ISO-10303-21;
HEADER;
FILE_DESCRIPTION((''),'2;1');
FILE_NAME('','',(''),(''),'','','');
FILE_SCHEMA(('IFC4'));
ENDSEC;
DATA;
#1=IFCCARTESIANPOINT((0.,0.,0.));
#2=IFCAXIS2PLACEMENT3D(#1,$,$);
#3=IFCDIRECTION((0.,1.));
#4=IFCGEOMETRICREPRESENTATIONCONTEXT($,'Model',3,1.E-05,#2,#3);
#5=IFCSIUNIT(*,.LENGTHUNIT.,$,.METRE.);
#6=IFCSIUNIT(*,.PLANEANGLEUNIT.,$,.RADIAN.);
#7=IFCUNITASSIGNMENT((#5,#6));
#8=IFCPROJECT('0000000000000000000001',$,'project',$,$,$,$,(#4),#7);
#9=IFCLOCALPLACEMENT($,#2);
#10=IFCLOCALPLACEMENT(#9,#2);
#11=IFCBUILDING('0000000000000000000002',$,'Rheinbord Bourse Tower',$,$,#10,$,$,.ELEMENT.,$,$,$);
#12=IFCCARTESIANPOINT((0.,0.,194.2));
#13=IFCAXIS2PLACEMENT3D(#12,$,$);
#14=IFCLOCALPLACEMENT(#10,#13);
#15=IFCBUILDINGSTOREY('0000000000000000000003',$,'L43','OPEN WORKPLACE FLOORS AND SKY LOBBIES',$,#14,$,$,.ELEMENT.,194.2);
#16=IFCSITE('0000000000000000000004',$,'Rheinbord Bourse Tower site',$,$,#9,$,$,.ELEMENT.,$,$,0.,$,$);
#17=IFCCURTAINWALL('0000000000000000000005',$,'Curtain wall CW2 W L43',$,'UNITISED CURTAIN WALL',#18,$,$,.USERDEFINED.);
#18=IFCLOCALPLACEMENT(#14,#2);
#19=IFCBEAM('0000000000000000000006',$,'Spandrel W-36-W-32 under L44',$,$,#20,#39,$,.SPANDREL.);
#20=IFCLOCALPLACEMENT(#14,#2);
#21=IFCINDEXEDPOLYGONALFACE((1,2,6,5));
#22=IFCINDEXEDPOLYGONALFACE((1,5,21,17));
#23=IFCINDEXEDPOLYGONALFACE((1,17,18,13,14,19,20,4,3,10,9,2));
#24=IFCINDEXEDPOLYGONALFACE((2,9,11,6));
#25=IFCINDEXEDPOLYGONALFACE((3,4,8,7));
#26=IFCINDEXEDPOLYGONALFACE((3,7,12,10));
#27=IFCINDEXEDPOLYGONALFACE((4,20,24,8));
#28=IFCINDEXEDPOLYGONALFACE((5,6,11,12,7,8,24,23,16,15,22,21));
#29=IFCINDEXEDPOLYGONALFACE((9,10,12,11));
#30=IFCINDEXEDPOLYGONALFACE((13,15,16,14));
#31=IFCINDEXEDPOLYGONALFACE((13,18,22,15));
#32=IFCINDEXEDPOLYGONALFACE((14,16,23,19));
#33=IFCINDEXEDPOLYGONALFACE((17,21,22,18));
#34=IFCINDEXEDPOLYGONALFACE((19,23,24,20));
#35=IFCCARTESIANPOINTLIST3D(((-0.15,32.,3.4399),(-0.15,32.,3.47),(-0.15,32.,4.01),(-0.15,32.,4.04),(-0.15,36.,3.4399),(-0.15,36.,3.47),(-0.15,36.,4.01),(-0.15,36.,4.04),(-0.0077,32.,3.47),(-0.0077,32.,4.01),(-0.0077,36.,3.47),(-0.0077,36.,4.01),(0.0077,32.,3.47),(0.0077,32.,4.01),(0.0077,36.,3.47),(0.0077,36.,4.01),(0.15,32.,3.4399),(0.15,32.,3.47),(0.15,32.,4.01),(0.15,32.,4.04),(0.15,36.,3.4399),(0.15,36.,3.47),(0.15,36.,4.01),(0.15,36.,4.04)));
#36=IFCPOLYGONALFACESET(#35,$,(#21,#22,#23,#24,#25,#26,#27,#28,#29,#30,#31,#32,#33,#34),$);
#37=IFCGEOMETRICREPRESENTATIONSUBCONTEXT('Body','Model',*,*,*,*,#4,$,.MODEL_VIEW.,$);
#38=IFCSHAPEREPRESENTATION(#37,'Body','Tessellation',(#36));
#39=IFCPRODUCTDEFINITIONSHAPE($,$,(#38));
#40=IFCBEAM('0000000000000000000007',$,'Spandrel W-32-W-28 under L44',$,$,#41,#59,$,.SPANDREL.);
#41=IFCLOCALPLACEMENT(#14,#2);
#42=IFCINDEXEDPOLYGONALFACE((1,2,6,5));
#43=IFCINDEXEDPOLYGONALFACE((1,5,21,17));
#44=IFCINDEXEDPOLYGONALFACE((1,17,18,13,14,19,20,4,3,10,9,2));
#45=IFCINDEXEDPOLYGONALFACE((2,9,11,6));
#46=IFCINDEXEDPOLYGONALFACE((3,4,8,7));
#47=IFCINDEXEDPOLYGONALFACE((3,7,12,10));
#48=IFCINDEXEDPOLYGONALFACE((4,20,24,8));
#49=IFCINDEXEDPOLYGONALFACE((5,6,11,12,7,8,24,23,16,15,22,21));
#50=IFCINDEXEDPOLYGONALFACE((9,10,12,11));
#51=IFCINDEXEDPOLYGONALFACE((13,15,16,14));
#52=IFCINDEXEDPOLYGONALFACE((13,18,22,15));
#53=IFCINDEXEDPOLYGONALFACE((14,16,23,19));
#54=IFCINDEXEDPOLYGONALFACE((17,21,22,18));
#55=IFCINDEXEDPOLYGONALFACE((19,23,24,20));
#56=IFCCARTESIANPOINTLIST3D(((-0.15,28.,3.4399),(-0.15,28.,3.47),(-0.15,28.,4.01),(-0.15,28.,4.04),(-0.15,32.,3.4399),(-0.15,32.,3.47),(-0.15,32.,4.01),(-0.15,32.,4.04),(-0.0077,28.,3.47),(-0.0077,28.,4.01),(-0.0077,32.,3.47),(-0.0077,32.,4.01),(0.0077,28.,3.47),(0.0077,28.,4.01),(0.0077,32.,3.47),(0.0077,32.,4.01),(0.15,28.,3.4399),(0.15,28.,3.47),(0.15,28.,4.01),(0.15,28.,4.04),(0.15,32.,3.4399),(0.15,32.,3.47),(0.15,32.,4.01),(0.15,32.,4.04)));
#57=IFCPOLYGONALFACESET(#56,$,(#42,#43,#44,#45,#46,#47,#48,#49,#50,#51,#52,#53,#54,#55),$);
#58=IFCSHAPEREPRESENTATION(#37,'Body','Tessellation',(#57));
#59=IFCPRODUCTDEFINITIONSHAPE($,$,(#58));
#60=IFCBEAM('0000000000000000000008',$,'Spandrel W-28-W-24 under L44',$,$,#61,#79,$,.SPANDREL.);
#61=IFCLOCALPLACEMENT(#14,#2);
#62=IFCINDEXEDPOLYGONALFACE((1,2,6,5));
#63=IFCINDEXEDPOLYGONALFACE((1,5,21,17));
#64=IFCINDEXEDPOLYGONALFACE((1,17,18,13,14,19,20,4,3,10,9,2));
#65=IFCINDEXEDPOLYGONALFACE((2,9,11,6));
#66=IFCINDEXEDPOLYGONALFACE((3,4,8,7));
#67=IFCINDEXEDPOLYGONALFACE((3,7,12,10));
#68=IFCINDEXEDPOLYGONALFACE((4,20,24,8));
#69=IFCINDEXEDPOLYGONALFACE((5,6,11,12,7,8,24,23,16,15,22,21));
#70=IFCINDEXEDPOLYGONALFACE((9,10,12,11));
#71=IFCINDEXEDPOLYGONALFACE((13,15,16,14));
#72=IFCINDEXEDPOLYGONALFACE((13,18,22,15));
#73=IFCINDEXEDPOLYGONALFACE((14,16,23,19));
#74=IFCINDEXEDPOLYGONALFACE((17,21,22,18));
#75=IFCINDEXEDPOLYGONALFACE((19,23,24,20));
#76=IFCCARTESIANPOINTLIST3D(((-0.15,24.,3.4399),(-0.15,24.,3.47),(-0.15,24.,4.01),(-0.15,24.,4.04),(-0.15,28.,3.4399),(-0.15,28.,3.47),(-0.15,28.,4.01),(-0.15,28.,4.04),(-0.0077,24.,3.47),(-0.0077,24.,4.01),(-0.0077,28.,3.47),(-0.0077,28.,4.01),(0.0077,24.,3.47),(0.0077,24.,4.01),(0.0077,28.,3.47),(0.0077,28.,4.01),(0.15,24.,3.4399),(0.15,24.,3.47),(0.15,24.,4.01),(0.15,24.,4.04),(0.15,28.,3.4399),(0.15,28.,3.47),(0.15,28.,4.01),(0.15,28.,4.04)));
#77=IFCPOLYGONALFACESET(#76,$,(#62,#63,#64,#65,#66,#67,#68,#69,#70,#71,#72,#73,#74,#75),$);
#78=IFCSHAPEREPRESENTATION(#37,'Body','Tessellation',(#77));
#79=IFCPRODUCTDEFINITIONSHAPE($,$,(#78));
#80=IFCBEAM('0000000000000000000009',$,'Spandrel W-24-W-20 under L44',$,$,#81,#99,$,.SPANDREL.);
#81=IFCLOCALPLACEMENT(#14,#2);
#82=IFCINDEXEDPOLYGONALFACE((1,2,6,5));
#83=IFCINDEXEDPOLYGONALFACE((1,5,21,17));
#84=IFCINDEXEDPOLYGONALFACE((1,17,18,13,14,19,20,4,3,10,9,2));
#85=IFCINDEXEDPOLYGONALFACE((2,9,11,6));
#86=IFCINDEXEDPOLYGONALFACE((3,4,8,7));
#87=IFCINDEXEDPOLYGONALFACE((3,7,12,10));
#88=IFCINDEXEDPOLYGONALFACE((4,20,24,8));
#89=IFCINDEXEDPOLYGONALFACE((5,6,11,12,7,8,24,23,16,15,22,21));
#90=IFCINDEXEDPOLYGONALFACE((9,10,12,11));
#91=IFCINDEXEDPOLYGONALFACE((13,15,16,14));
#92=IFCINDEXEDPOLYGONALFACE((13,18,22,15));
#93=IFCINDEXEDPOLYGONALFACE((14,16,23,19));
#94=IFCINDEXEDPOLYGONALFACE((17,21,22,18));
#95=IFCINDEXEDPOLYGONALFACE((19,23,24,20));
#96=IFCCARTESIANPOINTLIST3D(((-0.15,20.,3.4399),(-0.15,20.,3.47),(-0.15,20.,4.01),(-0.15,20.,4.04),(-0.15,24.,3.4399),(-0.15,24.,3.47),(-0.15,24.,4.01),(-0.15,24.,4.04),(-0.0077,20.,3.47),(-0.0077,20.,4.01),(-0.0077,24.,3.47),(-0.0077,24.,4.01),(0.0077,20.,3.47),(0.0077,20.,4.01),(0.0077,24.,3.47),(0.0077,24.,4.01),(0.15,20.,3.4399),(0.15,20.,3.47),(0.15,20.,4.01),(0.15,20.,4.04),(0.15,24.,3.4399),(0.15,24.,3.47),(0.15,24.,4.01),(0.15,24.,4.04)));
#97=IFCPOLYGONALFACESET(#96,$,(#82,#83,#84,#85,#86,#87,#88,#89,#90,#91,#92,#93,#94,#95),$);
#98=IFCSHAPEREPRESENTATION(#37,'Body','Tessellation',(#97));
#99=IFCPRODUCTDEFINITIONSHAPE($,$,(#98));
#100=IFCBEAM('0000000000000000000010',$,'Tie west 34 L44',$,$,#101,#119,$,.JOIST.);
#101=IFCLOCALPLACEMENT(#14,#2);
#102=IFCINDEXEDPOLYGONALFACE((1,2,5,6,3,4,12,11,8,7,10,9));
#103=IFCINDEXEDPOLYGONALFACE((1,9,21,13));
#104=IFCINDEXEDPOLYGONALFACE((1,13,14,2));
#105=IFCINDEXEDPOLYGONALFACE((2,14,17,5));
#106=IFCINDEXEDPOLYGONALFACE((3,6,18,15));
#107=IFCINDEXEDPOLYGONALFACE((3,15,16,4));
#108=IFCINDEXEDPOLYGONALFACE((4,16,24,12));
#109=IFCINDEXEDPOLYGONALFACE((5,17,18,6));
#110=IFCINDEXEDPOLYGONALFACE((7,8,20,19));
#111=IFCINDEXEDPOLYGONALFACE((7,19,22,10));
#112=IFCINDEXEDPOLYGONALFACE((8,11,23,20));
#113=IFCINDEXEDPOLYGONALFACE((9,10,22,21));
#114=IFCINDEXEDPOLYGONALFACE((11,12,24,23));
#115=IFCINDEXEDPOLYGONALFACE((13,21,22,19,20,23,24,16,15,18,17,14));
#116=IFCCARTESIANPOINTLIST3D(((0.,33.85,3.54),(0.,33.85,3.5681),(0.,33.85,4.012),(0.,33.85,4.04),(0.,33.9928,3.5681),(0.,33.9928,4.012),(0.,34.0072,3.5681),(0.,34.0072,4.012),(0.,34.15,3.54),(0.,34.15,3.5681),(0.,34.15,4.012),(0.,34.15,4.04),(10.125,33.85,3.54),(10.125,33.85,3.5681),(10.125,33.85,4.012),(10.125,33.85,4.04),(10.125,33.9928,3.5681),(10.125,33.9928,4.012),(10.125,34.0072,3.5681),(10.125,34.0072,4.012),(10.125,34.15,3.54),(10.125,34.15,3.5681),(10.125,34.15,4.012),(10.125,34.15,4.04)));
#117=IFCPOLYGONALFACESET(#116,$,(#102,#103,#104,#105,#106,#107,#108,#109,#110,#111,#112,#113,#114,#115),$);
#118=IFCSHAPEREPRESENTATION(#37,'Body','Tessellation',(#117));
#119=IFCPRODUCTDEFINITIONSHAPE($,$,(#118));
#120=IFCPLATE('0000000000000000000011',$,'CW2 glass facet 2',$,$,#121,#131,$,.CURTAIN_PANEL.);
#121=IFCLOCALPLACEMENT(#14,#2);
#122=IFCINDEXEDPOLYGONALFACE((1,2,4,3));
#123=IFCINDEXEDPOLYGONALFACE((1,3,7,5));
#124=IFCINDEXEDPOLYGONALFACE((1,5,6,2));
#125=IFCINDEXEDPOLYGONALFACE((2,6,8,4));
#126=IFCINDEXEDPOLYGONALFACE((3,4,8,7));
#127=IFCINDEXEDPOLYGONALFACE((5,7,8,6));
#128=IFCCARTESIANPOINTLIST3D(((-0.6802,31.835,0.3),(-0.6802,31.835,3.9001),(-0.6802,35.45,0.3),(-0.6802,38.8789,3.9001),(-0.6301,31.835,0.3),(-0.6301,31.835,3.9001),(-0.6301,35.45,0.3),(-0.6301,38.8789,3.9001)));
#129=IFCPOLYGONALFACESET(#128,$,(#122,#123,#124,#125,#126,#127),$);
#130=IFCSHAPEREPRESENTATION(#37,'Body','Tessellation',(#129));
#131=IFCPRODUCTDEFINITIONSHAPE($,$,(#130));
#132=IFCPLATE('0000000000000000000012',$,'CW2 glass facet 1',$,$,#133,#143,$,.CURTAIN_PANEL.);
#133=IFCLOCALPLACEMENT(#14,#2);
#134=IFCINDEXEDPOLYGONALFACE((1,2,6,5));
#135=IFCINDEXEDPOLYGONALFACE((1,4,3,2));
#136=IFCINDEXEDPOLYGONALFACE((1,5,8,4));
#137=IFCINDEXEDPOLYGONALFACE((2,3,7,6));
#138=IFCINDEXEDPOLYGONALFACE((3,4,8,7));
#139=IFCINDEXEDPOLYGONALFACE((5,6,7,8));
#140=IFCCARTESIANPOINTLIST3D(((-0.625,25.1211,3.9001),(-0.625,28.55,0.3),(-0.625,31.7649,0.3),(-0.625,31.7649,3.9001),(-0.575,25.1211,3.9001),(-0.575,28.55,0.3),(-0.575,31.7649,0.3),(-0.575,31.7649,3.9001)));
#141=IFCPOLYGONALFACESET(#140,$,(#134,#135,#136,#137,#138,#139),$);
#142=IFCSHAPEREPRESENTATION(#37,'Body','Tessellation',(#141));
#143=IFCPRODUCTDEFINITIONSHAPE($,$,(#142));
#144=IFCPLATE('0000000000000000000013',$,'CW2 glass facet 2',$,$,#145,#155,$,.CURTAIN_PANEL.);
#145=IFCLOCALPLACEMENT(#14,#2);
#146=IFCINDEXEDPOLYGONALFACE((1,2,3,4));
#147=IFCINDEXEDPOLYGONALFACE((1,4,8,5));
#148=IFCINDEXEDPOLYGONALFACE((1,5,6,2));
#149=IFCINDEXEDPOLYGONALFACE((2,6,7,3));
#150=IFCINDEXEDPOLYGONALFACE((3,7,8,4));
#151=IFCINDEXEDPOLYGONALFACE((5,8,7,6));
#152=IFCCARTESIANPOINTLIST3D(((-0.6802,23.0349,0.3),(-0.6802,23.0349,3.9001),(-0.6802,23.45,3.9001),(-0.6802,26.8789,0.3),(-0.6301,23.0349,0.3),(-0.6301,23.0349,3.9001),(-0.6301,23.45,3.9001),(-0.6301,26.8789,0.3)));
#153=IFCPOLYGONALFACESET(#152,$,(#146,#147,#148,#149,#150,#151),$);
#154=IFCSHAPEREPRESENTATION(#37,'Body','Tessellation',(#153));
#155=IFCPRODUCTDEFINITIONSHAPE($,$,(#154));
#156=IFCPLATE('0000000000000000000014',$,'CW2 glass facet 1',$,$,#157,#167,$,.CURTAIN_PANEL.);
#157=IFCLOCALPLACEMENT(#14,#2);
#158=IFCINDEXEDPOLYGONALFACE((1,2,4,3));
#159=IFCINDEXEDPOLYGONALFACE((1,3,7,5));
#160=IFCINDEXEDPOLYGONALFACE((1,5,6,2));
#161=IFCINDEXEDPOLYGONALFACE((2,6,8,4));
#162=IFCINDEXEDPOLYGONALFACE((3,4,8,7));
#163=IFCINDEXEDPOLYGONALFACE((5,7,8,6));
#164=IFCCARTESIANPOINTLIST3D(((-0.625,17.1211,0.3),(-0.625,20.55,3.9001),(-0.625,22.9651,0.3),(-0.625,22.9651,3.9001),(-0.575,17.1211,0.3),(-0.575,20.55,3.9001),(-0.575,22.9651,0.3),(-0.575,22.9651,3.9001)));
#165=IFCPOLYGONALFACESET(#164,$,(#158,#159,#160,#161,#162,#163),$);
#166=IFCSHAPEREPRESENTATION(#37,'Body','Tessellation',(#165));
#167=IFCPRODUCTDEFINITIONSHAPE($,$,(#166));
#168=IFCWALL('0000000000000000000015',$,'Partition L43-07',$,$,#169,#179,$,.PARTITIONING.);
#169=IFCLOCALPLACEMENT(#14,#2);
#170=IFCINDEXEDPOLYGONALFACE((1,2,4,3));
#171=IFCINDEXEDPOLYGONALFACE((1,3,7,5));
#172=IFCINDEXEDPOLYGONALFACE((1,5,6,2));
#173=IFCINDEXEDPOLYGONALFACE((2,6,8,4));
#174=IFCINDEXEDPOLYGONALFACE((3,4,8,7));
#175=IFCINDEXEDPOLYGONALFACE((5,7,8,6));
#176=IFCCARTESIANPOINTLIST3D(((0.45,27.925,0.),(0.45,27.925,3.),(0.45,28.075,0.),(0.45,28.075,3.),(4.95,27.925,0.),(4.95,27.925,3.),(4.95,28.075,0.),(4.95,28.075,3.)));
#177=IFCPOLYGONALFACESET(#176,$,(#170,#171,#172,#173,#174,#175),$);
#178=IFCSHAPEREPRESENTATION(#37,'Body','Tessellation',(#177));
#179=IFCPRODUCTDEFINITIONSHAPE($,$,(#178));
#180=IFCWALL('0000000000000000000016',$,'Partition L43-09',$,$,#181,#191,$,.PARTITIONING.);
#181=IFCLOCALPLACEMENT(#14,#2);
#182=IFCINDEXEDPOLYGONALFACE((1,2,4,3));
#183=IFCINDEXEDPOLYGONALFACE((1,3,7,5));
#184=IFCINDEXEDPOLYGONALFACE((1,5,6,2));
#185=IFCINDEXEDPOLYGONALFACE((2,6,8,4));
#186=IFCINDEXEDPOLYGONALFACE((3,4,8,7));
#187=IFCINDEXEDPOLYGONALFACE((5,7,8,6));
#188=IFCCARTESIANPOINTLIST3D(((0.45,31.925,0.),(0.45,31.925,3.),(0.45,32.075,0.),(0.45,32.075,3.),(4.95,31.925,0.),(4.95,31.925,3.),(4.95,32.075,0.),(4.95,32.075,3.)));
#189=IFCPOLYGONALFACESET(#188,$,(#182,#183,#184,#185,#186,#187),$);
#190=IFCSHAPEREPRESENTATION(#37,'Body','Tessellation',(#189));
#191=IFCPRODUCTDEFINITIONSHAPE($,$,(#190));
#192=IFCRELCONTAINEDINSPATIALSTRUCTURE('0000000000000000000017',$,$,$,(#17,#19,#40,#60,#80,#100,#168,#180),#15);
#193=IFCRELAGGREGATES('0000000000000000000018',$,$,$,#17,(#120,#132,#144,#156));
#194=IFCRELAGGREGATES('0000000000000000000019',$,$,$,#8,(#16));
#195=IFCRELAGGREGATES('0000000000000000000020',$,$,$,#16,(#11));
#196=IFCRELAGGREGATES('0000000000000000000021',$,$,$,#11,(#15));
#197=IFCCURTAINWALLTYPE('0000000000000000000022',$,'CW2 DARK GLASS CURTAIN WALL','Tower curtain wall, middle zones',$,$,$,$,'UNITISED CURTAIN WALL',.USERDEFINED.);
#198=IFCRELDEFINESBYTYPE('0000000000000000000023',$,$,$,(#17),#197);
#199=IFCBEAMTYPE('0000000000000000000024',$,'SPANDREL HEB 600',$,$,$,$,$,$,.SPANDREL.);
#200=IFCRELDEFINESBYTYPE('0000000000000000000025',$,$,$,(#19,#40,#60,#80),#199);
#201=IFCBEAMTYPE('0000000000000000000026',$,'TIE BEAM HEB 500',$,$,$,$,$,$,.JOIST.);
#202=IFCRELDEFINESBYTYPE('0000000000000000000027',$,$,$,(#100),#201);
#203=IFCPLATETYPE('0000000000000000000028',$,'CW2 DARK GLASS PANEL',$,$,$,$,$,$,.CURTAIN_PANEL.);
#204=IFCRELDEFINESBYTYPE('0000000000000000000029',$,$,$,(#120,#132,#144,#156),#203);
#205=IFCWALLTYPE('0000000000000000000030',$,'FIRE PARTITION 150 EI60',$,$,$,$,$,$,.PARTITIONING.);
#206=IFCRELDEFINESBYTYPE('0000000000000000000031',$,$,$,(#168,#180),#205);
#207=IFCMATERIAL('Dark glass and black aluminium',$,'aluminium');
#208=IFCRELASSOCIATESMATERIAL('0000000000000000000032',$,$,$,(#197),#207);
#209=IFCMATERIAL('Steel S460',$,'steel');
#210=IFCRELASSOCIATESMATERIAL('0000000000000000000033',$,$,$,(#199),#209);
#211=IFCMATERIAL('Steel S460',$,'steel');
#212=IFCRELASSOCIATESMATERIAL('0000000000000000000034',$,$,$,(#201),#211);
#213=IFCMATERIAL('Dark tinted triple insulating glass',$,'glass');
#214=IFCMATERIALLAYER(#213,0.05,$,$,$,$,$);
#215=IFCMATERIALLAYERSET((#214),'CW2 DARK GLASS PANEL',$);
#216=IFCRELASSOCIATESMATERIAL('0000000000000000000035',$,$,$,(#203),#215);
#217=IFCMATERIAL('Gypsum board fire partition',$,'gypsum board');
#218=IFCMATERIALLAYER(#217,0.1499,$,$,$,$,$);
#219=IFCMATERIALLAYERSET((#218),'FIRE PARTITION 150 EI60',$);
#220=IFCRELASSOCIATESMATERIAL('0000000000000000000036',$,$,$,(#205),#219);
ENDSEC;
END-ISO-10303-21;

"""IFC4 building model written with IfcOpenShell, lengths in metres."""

from ifc_helpers import new_model, si_unit, direction, frame, frame_2d, origin, origin_2d, place, context, subcontext, project, spatial, polyline, rectangle, i_section, outline, extrude, material, layer, layer_set, material_profile, profile_set, type_object, element, aggregate, save


model = new_model("IFC4")

# Units and contexts
model_context = context("Model", 3, precision=1e-05, world=origin(), true_north=direction((0.0, 1.0)))
body_context = subcontext(model_context, "Body", "Model", "MODEL_VIEW")
ifc_project = project(units=[si_unit("LENGTHUNIT", "METRE"), si_unit("PLANEANGLEUNIT", "RADIAN")], contexts=[model_context])

# Site, building, storey
site_placement = place(None, origin())
site = spatial("IfcSite", under=ifc_project, at=site_placement, Name="Rheinbord Bourse Tower site", CompositionType="ELEMENT", RefElevation=0.0)
building_placement = place(site_placement, origin())
building = spatial("IfcBuilding", under=site, at=building_placement, Name="Rheinbord Bourse Tower", CompositionType="ELEMENT")
storey_placement = place(building_placement, frame((0.0, 0.0, 194.2)))
storey = spatial("IfcBuildingStorey", under=building, at=storey_placement, Name="L43", Description="OPEN WORKPLACE FLOORS AND SKY LOBBIES", CompositionType="ELEMENT", Elevation=194.2)

# Curtain wall
ifc_material_1 = material(Name="Dark glass and black aluminium", Category="aluminium")
curtain_wall_type = type_object("IfcCurtainWallType", Name="CW2 DARK GLASS CURTAIN WALL", Description="Tower curtain wall, middle zones", ElementType="UNITISED CURTAIN WALL", PredefinedType="USERDEFINED", material=ifc_material_1)
curtain_wall_placement = place(storey_placement, origin())
curtain_wall = element("IfcCurtainWall", 1, at=curtain_wall_placement, inside=storey, type_object=curtain_wall_type, Name="Curtain wall CW2 W L43", ObjectType="UNITISED CURTAIN WALL", PredefinedType="USERDEFINED")

# Beams
ifc_material_2 = material(Name="Steel S460", Category="steel")
ifc_material_profile_1 = material_profile(ifc_material_2, i_section(OverallWidth=0.3, OverallDepth=0.6001, WebThickness=0.0154, FlangeThickness=0.03, at=origin_2d()), Name="HEB 600")
ifc_profile_set_1 = profile_set([ifc_material_profile_1], Name="Steel S460")
beam_type_1 = type_object("IfcBeamType", Name="SPANDREL HEB 600", PredefinedType="SPANDREL", material=ifc_profile_set_1)
for number, where, z_axis, x_axis, name in (
    (2, (0.0, 36.0, 3.74), (0.0, -1.0, 0.0), (1.0, 0.0, 0.0), "Spandrel W-36-W-32 under L44"),
    (3, (0.0, 32.0, 3.74), (0.0, -1.0, 0.0), (1.0, 0.0, 0.0), "Spandrel W-32-W-28 under L44"),
    (4, (0.0, 28.0, 3.74), (0.0, -1.0, 0.0), (1.0, 0.0, 0.0), "Spandrel W-28-W-24 under L44"),
    (5, (0.0, 24.0, 3.74), (0.0, -1.0, 0.0), (1.0, 0.0, 0.0), "Spandrel W-24-W-20 under L44"),
):
    element("IfcBeam", number, at=place(storey_placement, frame(where, z_axis=z_axis, x_axis=x_axis)), inside=storey, type_object=beam_type_1, Name=name, PredefinedType="SPANDREL", context=body_context, shape_type="SweptSolid", body=[
        extrude(i_section(OverallWidth=0.3, OverallDepth=0.6001, WebThickness=0.0154, FlangeThickness=0.03, at=origin_2d()), origin(), (0.0, 0.0, 1.0), 4.0),
    ])
ifc_material_3 = material(Name="Steel S460", Category="steel")
ifc_material_profile_2 = material_profile(ifc_material_3, i_section(OverallWidth=0.3, OverallDepth=0.5, WebThickness=0.0144, FlangeThickness=0.0281, at=origin_2d()), Name="HEB 500")
ifc_profile_set_2 = profile_set([ifc_material_profile_2], Name="Steel S460")
beam_type_2 = type_object("IfcBeamType", Name="TIE BEAM HEB 500", PredefinedType="JOIST", material=ifc_profile_set_2)
beam_1_placement = place(storey_placement, frame((0.0, 34.0, 3.79), z_axis=(1.0, 0.0, 0.0), x_axis=(0.0, 1.0, 0.0)))
element("IfcBeam", 6, at=beam_1_placement, inside=storey, type_object=beam_type_2, Name="Tie west 34 L44", PredefinedType="JOIST", context=body_context, shape_type="SweptSolid", body=[
    extrude(i_section(OverallWidth=0.3, OverallDepth=0.5, WebThickness=0.0144, FlangeThickness=0.0281, at=origin_2d()), origin(), (0.0, 0.0, 1.0), 10.125),
])

# Plates
ifc_material_4 = material(Name="Dark tinted triple insulating glass", Category="glass")
ifc_layer_1 = layer(ifc_material_4, 0.05)
ifc_layer_set_1 = layer_set([ifc_layer_1], Name="CW2 DARK GLASS PANEL")
plate_type = type_object("IfcPlateType", Name="CW2 DARK GLASS PANEL", PredefinedType="CURTAIN_PANEL", material=ifc_layer_set_1)
plate_1_placement = place(storey_placement, frame((-0.6802, 31.835, 3.9001), z_axis=(1.0, 0.0, 0.0), x_axis=(0.0, 0.0, -1.0)))
plate_1 = element("IfcPlate", 7, at=plate_1_placement, type_object=plate_type, Name="CW2 glass facet 2", PredefinedType="CURTAIN_PANEL", context=body_context, shape_type="SweptSolid", body=[
    extrude(outline(polyline([(0.0, 0.0), (3.6001, 0.0), (3.6001, 3.615), (0.0, 7.0439), (0.0, 0.0)])), origin(), (0.0, 0.0, 1.0), 0.05),
])
plate_2_placement = place(storey_placement, frame((-0.625, 31.7649, 0.3), z_axis=(1.0, 0.0, 0.0), x_axis=(0.0, 0.0, 1.0)))
plate_2 = element("IfcPlate", 8, at=plate_2_placement, type_object=plate_type, Name="CW2 glass facet 1", PredefinedType="CURTAIN_PANEL", context=body_context, shape_type="SweptSolid", body=[
    extrude(outline(polyline([(0.0, 0.0), (3.6001, 0.0), (3.6001, 6.6438), (0.0, 3.2148), (0.0, 0.0)])), origin(), (0.0, 0.0, 1.0), 0.05),
])
plate_3_placement = place(storey_placement, frame((-0.6802, 23.0349, 3.9001), z_axis=(1.0, 0.0, 0.0), x_axis=(0.0, 0.0, -1.0)))
plate_3 = element("IfcPlate", 9, at=plate_3_placement, type_object=plate_type, Name="CW2 glass facet 2", PredefinedType="CURTAIN_PANEL", context=body_context, shape_type="SweptSolid", body=[
    extrude(outline(polyline([(0.0, 0.0), (3.6001, 0.0), (3.6001, 3.844), (0.0, 0.415), (0.0, 0.0)])), origin(), (0.0, 0.0, 1.0), 0.05),
])
plate_4_placement = place(storey_placement, frame((-0.625, 22.9651, 0.3), z_axis=(1.0, 0.0, 0.0), x_axis=(0.0, 0.0, 1.0)))
plate_4 = element("IfcPlate", 10, at=plate_4_placement, type_object=plate_type, Name="CW2 glass facet 1", PredefinedType="CURTAIN_PANEL", context=body_context, shape_type="SweptSolid", body=[
    extrude(outline(polyline([(0.0, 0.0), (3.6001, 0.0), (3.6001, 2.415), (0.0, 5.844), (0.0, 0.0)])), origin(), (0.0, 0.0, 1.0), 0.05),
])
aggregate(curtain_wall, [plate_1, plate_2, plate_3, plate_4])

# Walls
ifc_material_5 = material(Name="Gypsum board fire partition", Category="gypsum board")
ifc_layer_2 = layer(ifc_material_5, 0.1499)
ifc_layer_set_2 = layer_set([ifc_layer_2], Name="FIRE PARTITION 150 EI60")
wall_type_1 = type_object("IfcWallType", Name="FIRE PARTITION 150 EI60", PredefinedType="PARTITIONING", material=ifc_layer_set_2)
for number, where, z_axis, x_axis, name in (
    (11, (0.45, 28.0, 0.0), (0.0, 0.0, 1.0), (1.0, 0.0, 0.0), "Partition L43-07"),
    (12, (0.45, 32.0, 0.0), (0.0, 0.0, 1.0), (1.0, 0.0, 0.0), "Partition L43-09"),
):
    element("IfcWall", number, at=place(storey_placement, frame(where, z_axis=z_axis, x_axis=x_axis)), inside=storey, type_object=wall_type_1, Name=name, PredefinedType="PARTITIONING", context=body_context, shape_type="SweptSolid", body=[
        extrude(rectangle(XDim=4.5, YDim=0.1499, at=frame_2d((2.25, 0.0))), origin(), (0.0, 0.0, 1.0), 3.0),
    ])

save(model, "model.ifc")
